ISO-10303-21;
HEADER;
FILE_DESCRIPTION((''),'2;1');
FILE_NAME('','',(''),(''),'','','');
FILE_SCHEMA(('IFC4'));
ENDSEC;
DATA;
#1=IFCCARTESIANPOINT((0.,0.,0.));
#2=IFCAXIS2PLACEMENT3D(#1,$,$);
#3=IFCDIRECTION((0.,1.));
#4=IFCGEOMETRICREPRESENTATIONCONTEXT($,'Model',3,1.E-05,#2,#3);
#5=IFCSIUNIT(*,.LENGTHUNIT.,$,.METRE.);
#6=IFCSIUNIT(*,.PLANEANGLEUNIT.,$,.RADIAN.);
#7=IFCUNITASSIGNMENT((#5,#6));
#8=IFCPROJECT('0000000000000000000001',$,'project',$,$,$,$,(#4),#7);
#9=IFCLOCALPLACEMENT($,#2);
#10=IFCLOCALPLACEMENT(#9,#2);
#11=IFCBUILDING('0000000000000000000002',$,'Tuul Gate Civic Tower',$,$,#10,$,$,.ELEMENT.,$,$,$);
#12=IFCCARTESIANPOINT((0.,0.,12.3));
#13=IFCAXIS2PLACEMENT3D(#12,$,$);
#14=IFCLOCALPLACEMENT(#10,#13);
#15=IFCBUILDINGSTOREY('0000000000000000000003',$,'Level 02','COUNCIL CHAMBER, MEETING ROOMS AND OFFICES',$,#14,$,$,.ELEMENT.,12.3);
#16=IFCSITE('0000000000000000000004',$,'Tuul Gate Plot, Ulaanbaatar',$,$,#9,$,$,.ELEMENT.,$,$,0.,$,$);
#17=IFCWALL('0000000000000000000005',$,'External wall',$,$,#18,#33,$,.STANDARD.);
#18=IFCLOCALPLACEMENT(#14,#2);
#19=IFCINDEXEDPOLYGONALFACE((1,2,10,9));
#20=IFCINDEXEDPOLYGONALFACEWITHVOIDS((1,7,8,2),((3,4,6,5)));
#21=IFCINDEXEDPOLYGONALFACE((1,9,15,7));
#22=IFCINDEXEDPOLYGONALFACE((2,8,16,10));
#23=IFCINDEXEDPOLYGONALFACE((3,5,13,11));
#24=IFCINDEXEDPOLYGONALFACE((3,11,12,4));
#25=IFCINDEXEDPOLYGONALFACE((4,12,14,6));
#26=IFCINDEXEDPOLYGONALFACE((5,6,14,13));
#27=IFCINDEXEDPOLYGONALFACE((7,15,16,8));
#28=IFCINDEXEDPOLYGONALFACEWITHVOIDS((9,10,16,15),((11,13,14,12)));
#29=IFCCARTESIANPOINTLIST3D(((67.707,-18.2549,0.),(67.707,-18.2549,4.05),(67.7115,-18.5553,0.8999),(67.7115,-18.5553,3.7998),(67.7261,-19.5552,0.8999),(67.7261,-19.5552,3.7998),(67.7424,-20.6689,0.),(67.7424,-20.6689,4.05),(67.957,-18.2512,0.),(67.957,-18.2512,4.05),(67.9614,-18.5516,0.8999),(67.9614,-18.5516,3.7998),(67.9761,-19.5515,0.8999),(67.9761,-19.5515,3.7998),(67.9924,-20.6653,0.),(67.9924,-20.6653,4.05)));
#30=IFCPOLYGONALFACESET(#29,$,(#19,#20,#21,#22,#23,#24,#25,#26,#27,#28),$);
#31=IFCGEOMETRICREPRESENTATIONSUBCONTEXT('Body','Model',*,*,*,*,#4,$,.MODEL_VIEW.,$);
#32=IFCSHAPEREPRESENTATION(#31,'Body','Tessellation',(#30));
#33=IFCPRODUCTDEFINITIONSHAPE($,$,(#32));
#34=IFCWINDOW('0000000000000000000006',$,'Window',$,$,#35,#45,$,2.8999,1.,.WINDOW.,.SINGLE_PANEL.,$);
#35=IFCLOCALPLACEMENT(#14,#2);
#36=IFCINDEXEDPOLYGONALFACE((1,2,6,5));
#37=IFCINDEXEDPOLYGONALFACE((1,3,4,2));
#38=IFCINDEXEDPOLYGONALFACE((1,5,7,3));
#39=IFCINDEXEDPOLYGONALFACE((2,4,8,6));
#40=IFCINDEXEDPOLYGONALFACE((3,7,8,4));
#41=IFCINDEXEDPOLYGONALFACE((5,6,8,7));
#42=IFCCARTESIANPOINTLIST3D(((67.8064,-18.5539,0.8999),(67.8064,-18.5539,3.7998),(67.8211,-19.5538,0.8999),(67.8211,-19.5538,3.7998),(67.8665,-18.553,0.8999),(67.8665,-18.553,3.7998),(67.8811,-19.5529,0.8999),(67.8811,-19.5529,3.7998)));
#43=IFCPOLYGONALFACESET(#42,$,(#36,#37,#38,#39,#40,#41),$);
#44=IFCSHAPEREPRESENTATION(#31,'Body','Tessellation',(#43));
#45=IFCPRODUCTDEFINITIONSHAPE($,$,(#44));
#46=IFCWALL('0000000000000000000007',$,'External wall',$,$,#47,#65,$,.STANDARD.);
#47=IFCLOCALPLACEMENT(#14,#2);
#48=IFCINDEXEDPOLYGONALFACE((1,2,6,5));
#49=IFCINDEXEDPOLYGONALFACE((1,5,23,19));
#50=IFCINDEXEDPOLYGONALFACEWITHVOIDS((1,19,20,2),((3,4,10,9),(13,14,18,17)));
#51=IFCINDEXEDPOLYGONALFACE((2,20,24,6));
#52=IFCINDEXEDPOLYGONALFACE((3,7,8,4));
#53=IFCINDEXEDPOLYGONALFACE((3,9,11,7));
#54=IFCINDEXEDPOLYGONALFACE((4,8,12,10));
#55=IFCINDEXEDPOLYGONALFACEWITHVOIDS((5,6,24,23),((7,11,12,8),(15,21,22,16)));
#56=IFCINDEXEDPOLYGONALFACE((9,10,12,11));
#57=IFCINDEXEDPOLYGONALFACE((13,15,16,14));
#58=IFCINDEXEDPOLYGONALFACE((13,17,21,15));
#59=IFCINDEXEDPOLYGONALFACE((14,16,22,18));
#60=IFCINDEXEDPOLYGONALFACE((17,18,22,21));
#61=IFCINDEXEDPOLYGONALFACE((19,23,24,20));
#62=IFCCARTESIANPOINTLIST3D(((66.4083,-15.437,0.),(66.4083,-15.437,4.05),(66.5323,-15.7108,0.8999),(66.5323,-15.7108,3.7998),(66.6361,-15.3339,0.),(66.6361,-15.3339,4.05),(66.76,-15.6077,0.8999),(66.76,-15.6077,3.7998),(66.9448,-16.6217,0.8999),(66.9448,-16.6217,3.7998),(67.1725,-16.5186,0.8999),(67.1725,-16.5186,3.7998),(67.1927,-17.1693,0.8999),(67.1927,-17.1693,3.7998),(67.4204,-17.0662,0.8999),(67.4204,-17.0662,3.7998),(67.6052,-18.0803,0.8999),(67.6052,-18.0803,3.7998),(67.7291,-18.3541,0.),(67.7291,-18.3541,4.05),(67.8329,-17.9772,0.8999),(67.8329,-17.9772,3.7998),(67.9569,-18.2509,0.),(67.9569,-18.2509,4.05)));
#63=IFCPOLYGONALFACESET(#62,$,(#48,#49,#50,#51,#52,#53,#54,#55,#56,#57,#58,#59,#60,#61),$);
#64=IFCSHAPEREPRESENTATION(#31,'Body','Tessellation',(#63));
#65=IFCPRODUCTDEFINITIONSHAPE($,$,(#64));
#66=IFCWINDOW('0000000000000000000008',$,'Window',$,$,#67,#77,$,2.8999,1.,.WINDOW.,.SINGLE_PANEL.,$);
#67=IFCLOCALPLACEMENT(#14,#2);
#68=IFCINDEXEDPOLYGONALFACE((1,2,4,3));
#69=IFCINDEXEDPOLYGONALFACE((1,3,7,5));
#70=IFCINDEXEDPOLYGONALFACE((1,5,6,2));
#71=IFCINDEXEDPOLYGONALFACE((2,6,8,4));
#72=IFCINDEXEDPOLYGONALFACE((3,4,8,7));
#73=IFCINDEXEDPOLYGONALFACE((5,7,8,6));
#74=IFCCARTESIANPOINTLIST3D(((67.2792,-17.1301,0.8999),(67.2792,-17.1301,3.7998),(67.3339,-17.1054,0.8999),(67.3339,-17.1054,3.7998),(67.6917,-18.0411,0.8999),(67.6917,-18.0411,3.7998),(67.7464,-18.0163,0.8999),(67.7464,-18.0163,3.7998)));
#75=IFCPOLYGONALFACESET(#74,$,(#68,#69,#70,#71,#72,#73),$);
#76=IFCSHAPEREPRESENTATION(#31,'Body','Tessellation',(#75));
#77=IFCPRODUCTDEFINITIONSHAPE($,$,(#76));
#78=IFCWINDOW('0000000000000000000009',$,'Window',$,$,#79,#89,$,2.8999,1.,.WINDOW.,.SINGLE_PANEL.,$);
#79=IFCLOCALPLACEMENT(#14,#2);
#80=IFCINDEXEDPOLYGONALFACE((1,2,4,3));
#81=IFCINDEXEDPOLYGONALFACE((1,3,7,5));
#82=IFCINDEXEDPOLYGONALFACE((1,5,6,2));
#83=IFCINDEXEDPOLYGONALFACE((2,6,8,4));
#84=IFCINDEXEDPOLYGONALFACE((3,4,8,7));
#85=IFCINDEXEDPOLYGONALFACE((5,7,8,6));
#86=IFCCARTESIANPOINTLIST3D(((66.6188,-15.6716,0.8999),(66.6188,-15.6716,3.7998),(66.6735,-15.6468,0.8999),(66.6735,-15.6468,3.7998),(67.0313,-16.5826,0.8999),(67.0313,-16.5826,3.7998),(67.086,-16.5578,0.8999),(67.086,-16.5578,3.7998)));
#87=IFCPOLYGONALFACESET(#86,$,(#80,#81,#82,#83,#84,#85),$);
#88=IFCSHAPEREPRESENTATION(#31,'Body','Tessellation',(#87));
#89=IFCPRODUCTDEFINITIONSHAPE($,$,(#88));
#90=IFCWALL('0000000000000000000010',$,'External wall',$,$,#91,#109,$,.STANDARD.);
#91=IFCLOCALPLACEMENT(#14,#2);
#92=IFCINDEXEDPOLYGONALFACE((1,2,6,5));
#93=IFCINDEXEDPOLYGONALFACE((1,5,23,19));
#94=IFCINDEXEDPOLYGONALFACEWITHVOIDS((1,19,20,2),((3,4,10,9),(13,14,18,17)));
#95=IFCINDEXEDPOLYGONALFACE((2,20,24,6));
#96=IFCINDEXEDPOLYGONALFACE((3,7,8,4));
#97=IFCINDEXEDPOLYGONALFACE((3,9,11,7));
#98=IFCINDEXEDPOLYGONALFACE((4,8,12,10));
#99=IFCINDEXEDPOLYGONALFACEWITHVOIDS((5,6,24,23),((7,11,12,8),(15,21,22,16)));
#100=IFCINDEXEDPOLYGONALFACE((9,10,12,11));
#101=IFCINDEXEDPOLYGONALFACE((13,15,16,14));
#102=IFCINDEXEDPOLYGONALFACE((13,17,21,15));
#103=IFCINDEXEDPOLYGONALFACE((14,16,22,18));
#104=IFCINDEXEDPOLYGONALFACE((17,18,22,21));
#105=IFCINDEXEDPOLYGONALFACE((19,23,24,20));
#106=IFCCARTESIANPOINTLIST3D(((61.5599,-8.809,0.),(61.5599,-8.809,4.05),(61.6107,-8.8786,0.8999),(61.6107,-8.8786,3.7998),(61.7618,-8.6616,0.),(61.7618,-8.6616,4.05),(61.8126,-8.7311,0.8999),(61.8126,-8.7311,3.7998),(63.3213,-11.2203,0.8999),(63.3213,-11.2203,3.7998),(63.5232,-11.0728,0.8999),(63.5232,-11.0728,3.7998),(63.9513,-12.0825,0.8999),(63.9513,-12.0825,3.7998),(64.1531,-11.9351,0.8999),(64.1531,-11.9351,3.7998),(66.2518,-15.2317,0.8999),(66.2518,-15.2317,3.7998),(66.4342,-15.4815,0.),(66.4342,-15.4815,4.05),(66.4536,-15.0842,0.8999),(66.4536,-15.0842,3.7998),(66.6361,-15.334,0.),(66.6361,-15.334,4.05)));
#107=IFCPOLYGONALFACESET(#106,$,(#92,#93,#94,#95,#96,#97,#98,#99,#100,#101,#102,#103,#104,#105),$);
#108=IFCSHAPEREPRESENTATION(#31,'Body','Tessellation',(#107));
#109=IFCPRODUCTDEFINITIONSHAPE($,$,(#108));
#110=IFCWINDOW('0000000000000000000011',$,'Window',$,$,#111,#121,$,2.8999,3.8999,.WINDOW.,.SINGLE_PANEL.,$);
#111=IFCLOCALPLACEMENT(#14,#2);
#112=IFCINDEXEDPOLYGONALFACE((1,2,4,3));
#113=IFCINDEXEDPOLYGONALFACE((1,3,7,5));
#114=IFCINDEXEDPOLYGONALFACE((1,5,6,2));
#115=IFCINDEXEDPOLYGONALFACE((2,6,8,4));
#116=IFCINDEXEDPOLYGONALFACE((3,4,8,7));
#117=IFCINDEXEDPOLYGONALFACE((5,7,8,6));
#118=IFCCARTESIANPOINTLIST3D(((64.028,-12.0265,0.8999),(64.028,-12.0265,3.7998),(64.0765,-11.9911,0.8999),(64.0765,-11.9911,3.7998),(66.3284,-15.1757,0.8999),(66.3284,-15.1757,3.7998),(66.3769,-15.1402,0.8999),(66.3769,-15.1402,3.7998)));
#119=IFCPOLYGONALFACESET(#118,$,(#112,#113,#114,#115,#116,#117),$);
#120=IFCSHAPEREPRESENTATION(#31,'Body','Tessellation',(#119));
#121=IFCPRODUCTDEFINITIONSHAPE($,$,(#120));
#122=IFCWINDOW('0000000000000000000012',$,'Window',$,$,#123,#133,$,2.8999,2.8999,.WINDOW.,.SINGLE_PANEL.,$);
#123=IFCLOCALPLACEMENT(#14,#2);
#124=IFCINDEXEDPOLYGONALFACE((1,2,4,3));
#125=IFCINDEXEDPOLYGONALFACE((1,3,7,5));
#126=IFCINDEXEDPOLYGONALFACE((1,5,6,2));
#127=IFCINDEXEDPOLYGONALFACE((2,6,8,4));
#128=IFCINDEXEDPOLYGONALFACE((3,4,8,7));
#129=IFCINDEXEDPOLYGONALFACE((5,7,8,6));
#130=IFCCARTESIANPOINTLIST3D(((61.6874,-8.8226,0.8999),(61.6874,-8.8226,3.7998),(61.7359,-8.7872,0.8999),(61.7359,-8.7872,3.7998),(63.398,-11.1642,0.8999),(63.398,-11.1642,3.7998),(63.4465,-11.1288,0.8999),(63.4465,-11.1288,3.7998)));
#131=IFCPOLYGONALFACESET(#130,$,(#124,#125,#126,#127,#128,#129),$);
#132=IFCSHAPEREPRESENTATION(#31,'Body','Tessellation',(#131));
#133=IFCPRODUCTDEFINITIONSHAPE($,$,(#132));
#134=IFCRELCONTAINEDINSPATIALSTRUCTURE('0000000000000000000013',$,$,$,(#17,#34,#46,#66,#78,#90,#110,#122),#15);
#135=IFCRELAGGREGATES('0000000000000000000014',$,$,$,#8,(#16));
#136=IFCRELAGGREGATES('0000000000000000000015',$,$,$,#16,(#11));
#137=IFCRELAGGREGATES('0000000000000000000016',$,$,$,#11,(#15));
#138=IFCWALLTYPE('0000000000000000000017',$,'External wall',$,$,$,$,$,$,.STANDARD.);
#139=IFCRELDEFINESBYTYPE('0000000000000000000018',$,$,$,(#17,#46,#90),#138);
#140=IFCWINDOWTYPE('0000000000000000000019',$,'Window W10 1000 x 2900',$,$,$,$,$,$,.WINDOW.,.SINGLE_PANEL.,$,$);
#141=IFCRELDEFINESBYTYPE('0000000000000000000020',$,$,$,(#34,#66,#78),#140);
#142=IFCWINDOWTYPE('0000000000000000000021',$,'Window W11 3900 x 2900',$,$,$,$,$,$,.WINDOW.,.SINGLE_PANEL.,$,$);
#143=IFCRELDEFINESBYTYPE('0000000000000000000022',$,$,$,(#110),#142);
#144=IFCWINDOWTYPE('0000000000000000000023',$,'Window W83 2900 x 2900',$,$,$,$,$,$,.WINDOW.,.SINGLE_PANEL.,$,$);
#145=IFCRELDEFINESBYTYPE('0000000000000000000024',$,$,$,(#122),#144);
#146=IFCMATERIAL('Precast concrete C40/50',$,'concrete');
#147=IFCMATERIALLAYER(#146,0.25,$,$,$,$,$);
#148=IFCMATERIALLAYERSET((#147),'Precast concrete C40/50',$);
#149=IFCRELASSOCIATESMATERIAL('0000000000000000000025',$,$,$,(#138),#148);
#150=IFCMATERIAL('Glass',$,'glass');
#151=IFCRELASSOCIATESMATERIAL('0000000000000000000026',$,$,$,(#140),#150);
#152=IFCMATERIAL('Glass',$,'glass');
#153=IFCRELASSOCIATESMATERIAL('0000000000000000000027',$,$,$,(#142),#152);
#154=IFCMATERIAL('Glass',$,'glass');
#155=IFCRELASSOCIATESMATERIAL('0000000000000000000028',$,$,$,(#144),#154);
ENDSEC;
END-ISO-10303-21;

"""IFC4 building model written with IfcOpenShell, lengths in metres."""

from ifc_helpers import new_model, si_unit, direction, frame, frame_2d, origin, place, context, subcontext, project, spatial, rectangle, extrude, material, layer, layer_set, type_object, element, fill, save


model = new_model("IFC4")

# Units and contexts
model_context = context("Model", 3, precision=1e-05, world=origin(), true_north=direction((0.0, 1.0)))
body_context = subcontext(model_context, "Body", "Model", "MODEL_VIEW")
ifc_project = project(units=[si_unit("LENGTHUNIT", "METRE"), si_unit("PLANEANGLEUNIT", "RADIAN")], contexts=[model_context])

# Site, building, storey
site_placement = place(None, origin())
site = spatial("IfcSite", under=ifc_project, at=site_placement, Name="Tuul Gate Plot, Ulaanbaatar", CompositionType="ELEMENT", RefElevation=0.0)
building_placement = place(site_placement, origin())
building = spatial("IfcBuilding", under=site, at=building_placement, Name="Tuul Gate Civic Tower", CompositionType="ELEMENT")
storey_placement = place(building_placement, frame((0.0, 0.0, 12.3)))
storey = spatial("IfcBuildingStorey", under=building, at=storey_placement, Name="Level 02", Description="COUNCIL CHAMBER, MEETING ROOMS AND OFFICES", CompositionType="ELEMENT", Elevation=12.3)

# Wall, opening, window
ifc_material_1 = material(Name="Precast concrete C40/50", Category="concrete")
ifc_layer_1 = layer(ifc_material_1, 0.25)
ifc_layer_set_1 = layer_set([ifc_layer_1], Name="Precast concrete C40/50")
wall_type_1 = type_object("IfcWallType", Name="External wall", PredefinedType="STANDARD", material=ifc_layer_set_1)
wall_1_placement = place(storey_placement, frame((67.8674, -20.667, 0.0), z_axis=(0.0, 0.0, 1.0), x_axis=(-0.014663, 0.999892, 0.0)))
wall_1 = element("IfcWall", 1, at=wall_1_placement, inside=storey, type_object=wall_type_1, Name="External wall", PredefinedType="STANDARD", context=body_context, shape_type="SweptSolid", body=[
    extrude(rectangle(XDim=2.4143, YDim=0.25, at=frame_2d((1.207, 0.0))), origin(), (0.0, 0.0, 1.0), 4.05),
])
opening_1_placement = place(wall_1_placement, frame((1.1138, 0.0, 0.8999)))
opening_1 = element("IfcOpeningElement", 2, at=opening_1_placement, cuts=wall_1, PredefinedType="OPENING", context=body_context, shape_type="SweptSolid", body=[
    extrude(rectangle(XDim=1.0, YDim=2.8999, at=frame_2d((0.5, 1.45))), frame((0.0, 0.135, 0.0), z_axis=(0.0, -1.0, 0.0), x_axis=(1.0, 0.0, 0.0)), (0.0, 0.0, 1.0), 0.27),
])
ifc_material_2 = material(Name="Glass", Category="glass")
window_type_1 = type_object("IfcWindowType", Name="Window W10 1000 x 2900", PartitioningType="SINGLE_PANEL", PredefinedType="WINDOW", material=ifc_material_2)
window_1_placement = place(opening_1_placement, origin())
window_1 = element("IfcWindow", 3, at=window_1_placement, inside=storey, type_object=window_type_1, Name="Window", OverallHeight=2.8999, OverallWidth=1.0, PartitioningType="SINGLE_PANEL", PredefinedType="WINDOW", context=body_context, shape_type="SweptSolid", body=[
    extrude(rectangle(XDim=1.0, YDim=2.8999, at=frame_2d((0.5, 1.45))), frame((0.0, 0.03, 0.0), z_axis=(0.0, -1.0, 0.0), x_axis=(1.0, 0.0, 0.0)), (0.0, 0.0, 1.0), 0.0601),
])
fill(opening_1, window_1)

# Walls, openings, windows
wall_2_placement = place(storey_placement, frame((67.843, -18.3025, 0.0), z_axis=(0.0, 0.0, 1.0), x_axis=(-0.412481, 0.910966, 0.0)))
wall_2 = element("IfcWall", 4, at=wall_2_placement, inside=storey, type_object=wall_type_1, Name="External wall", PredefinedType="STANDARD", context=body_context, shape_type="SweptSolid", body=[
    extrude(rectangle(XDim=3.2021, YDim=0.25, at=frame_2d((1.6011, 0.0))), origin(), (0.0, 0.0, 1.0), 4.05),
])
opening_2_placement = place(wall_2_placement, frame((0.3005, 0.0, 0.8999)))
opening_2 = element("IfcOpeningElement", 5, at=opening_2_placement, cuts=wall_2, PredefinedType="OPENING", context=body_context, shape_type="SweptSolid", body=[
    extrude(rectangle(XDim=1.0, YDim=2.8999, at=frame_2d((0.5, 1.45))), frame((0.0, 0.135, 0.0), z_axis=(0.0, -1.0, 0.0), x_axis=(1.0, 0.0, 0.0)), (0.0, 0.0, 1.0), 0.27),
])
opening_3_placement = place(wall_2_placement, frame((1.9016, 0.0, 0.8999)))
opening_3 = element("IfcOpeningElement", 6, at=opening_3_placement, cuts=wall_2, PredefinedType="OPENING", context=body_context, shape_type="SweptSolid", body=[
    extrude(rectangle(XDim=1.0, YDim=2.8999, at=frame_2d((0.5, 1.45))), frame((0.0, 0.135, 0.0), z_axis=(0.0, -1.0, 0.0), x_axis=(1.0, 0.0, 0.0)), (0.0, 0.0, 1.0), 0.27),
])
window_2_placement = place(opening_2_placement, origin())
window_2 = element("IfcWindow", 7, at=window_2_placement, inside=storey, type_object=window_type_1, Name="Window", OverallHeight=2.8999, OverallWidth=1.0, PartitioningType="SINGLE_PANEL", PredefinedType="WINDOW", context=body_context, shape_type="SweptSolid", body=[
    extrude(rectangle(XDim=1.0, YDim=2.8999, at=frame_2d((0.5, 1.45))), frame((0.0, 0.03, 0.0), z_axis=(0.0, -1.0, 0.0), x_axis=(1.0, 0.0, 0.0)), (0.0, 0.0, 1.0), 0.0601),
])
fill(opening_2, window_2)
window_3_placement = place(opening_3_placement, origin())
window_3 = element("IfcWindow", 8, at=window_3_placement, inside=storey, type_object=window_type_1, Name="Window", OverallHeight=2.8999, OverallWidth=1.0, PartitioningType="SINGLE_PANEL", PredefinedType="WINDOW", context=body_context, shape_type="SweptSolid", body=[
    extrude(rectangle(XDim=1.0, YDim=2.8999, at=frame_2d((0.5, 1.45))), frame((0.0, 0.03, 0.0), z_axis=(0.0, -1.0, 0.0), x_axis=(1.0, 0.0, 0.0)), (0.0, 0.0, 1.0), 0.0601),
])
fill(opening_3, window_3)
wall_3_placement = place(storey_placement, frame((66.5352, -15.4077, 0.0), z_axis=(0.0, 0.0, 1.0), x_axis=(-0.589883, 0.807489, 0.0)))
wall_3 = element("IfcWall", 9, at=wall_3_placement, inside=storey, type_object=wall_type_1, Name="External wall", PredefinedType="STANDARD", context=body_context, shape_type="SweptSolid", body=[
    extrude(rectangle(XDim=8.2632, YDim=0.25, at=frame_2d((4.1316, 0.0))), origin(), (0.0, 0.0, 1.0), 4.05),
])
opening_4_placement = place(wall_3_placement, frame((0.3093, 0.0, 0.8999)))
opening_4 = element("IfcOpeningElement", 10, at=opening_4_placement, cuts=wall_3, PredefinedType="OPENING", context=body_context, shape_type="SweptSolid", body=[
    extrude(rectangle(XDim=3.8999, YDim=2.8999, at=frame_2d((1.95, 1.45))), frame((0.0, 0.135, 0.0), z_axis=(0.0, -1.0, 0.0), x_axis=(1.0, 0.0, 0.0)), (0.0, 0.0, 1.0), 0.27),
])
opening_5_placement = place(wall_3_placement, frame((5.2771, 0.0, 0.8999)))
opening_5 = element("IfcOpeningElement", 11, at=opening_5_placement, cuts=wall_3, PredefinedType="OPENING", context=body_context, shape_type="SweptSolid", body=[
    extrude(rectangle(XDim=2.8999, YDim=2.8999, at=frame_2d((1.45, 1.45))), frame((0.0, 0.135, 0.0), z_axis=(0.0, -1.0, 0.0), x_axis=(1.0, 0.0, 0.0)), (0.0, 0.0, 1.0), 0.27),
])
ifc_material_3 = material(Name="Glass", Category="glass")
window_type_2 = type_object("IfcWindowType", Name="Window W11 3900 x 2900", PartitioningType="SINGLE_PANEL", PredefinedType="WINDOW", material=ifc_material_3)
window_4_placement = place(opening_4_placement, origin())
window_4 = element("IfcWindow", 12, at=window_4_placement, inside=storey, type_object=window_type_2, Name="Window", OverallHeight=2.8999, OverallWidth=3.8999, PartitioningType="SINGLE_PANEL", PredefinedType="WINDOW", context=body_context, shape_type="SweptSolid", body=[
    extrude(rectangle(XDim=3.8999, YDim=2.8999, at=frame_2d((1.95, 1.45))), frame((0.0, 0.03, 0.0), z_axis=(0.0, -1.0, 0.0), x_axis=(1.0, 0.0, 0.0)), (0.0, 0.0, 1.0), 0.0601),
])
fill(opening_4, window_4)
ifc_material_4 = material(Name="Glass", Category="glass")
window_type_3 = type_object("IfcWindowType", Name="Window W83 2900 x 2900", PartitioningType="SINGLE_PANEL", PredefinedType="WINDOW", material=ifc_material_4)
window_5_placement = place(opening_5_placement, origin())
window_5 = element("IfcWindow", 13, at=window_5_placement, inside=storey, type_object=window_type_3, Name="Window", OverallHeight=2.8999, OverallWidth=2.8999, PartitioningType="SINGLE_PANEL", PredefinedType="WINDOW", context=body_context, shape_type="SweptSolid", body=[
    extrude(rectangle(XDim=2.8999, YDim=2.8999, at=frame_2d((1.45, 1.45))), frame((0.0, 0.03, 0.0), z_axis=(0.0, -1.0, 0.0), x_axis=(1.0, 0.0, 0.0)), (0.0, 0.0, 1.0), 0.0601),
])
fill(opening_5, window_5)

save(model, "model.ifc")
